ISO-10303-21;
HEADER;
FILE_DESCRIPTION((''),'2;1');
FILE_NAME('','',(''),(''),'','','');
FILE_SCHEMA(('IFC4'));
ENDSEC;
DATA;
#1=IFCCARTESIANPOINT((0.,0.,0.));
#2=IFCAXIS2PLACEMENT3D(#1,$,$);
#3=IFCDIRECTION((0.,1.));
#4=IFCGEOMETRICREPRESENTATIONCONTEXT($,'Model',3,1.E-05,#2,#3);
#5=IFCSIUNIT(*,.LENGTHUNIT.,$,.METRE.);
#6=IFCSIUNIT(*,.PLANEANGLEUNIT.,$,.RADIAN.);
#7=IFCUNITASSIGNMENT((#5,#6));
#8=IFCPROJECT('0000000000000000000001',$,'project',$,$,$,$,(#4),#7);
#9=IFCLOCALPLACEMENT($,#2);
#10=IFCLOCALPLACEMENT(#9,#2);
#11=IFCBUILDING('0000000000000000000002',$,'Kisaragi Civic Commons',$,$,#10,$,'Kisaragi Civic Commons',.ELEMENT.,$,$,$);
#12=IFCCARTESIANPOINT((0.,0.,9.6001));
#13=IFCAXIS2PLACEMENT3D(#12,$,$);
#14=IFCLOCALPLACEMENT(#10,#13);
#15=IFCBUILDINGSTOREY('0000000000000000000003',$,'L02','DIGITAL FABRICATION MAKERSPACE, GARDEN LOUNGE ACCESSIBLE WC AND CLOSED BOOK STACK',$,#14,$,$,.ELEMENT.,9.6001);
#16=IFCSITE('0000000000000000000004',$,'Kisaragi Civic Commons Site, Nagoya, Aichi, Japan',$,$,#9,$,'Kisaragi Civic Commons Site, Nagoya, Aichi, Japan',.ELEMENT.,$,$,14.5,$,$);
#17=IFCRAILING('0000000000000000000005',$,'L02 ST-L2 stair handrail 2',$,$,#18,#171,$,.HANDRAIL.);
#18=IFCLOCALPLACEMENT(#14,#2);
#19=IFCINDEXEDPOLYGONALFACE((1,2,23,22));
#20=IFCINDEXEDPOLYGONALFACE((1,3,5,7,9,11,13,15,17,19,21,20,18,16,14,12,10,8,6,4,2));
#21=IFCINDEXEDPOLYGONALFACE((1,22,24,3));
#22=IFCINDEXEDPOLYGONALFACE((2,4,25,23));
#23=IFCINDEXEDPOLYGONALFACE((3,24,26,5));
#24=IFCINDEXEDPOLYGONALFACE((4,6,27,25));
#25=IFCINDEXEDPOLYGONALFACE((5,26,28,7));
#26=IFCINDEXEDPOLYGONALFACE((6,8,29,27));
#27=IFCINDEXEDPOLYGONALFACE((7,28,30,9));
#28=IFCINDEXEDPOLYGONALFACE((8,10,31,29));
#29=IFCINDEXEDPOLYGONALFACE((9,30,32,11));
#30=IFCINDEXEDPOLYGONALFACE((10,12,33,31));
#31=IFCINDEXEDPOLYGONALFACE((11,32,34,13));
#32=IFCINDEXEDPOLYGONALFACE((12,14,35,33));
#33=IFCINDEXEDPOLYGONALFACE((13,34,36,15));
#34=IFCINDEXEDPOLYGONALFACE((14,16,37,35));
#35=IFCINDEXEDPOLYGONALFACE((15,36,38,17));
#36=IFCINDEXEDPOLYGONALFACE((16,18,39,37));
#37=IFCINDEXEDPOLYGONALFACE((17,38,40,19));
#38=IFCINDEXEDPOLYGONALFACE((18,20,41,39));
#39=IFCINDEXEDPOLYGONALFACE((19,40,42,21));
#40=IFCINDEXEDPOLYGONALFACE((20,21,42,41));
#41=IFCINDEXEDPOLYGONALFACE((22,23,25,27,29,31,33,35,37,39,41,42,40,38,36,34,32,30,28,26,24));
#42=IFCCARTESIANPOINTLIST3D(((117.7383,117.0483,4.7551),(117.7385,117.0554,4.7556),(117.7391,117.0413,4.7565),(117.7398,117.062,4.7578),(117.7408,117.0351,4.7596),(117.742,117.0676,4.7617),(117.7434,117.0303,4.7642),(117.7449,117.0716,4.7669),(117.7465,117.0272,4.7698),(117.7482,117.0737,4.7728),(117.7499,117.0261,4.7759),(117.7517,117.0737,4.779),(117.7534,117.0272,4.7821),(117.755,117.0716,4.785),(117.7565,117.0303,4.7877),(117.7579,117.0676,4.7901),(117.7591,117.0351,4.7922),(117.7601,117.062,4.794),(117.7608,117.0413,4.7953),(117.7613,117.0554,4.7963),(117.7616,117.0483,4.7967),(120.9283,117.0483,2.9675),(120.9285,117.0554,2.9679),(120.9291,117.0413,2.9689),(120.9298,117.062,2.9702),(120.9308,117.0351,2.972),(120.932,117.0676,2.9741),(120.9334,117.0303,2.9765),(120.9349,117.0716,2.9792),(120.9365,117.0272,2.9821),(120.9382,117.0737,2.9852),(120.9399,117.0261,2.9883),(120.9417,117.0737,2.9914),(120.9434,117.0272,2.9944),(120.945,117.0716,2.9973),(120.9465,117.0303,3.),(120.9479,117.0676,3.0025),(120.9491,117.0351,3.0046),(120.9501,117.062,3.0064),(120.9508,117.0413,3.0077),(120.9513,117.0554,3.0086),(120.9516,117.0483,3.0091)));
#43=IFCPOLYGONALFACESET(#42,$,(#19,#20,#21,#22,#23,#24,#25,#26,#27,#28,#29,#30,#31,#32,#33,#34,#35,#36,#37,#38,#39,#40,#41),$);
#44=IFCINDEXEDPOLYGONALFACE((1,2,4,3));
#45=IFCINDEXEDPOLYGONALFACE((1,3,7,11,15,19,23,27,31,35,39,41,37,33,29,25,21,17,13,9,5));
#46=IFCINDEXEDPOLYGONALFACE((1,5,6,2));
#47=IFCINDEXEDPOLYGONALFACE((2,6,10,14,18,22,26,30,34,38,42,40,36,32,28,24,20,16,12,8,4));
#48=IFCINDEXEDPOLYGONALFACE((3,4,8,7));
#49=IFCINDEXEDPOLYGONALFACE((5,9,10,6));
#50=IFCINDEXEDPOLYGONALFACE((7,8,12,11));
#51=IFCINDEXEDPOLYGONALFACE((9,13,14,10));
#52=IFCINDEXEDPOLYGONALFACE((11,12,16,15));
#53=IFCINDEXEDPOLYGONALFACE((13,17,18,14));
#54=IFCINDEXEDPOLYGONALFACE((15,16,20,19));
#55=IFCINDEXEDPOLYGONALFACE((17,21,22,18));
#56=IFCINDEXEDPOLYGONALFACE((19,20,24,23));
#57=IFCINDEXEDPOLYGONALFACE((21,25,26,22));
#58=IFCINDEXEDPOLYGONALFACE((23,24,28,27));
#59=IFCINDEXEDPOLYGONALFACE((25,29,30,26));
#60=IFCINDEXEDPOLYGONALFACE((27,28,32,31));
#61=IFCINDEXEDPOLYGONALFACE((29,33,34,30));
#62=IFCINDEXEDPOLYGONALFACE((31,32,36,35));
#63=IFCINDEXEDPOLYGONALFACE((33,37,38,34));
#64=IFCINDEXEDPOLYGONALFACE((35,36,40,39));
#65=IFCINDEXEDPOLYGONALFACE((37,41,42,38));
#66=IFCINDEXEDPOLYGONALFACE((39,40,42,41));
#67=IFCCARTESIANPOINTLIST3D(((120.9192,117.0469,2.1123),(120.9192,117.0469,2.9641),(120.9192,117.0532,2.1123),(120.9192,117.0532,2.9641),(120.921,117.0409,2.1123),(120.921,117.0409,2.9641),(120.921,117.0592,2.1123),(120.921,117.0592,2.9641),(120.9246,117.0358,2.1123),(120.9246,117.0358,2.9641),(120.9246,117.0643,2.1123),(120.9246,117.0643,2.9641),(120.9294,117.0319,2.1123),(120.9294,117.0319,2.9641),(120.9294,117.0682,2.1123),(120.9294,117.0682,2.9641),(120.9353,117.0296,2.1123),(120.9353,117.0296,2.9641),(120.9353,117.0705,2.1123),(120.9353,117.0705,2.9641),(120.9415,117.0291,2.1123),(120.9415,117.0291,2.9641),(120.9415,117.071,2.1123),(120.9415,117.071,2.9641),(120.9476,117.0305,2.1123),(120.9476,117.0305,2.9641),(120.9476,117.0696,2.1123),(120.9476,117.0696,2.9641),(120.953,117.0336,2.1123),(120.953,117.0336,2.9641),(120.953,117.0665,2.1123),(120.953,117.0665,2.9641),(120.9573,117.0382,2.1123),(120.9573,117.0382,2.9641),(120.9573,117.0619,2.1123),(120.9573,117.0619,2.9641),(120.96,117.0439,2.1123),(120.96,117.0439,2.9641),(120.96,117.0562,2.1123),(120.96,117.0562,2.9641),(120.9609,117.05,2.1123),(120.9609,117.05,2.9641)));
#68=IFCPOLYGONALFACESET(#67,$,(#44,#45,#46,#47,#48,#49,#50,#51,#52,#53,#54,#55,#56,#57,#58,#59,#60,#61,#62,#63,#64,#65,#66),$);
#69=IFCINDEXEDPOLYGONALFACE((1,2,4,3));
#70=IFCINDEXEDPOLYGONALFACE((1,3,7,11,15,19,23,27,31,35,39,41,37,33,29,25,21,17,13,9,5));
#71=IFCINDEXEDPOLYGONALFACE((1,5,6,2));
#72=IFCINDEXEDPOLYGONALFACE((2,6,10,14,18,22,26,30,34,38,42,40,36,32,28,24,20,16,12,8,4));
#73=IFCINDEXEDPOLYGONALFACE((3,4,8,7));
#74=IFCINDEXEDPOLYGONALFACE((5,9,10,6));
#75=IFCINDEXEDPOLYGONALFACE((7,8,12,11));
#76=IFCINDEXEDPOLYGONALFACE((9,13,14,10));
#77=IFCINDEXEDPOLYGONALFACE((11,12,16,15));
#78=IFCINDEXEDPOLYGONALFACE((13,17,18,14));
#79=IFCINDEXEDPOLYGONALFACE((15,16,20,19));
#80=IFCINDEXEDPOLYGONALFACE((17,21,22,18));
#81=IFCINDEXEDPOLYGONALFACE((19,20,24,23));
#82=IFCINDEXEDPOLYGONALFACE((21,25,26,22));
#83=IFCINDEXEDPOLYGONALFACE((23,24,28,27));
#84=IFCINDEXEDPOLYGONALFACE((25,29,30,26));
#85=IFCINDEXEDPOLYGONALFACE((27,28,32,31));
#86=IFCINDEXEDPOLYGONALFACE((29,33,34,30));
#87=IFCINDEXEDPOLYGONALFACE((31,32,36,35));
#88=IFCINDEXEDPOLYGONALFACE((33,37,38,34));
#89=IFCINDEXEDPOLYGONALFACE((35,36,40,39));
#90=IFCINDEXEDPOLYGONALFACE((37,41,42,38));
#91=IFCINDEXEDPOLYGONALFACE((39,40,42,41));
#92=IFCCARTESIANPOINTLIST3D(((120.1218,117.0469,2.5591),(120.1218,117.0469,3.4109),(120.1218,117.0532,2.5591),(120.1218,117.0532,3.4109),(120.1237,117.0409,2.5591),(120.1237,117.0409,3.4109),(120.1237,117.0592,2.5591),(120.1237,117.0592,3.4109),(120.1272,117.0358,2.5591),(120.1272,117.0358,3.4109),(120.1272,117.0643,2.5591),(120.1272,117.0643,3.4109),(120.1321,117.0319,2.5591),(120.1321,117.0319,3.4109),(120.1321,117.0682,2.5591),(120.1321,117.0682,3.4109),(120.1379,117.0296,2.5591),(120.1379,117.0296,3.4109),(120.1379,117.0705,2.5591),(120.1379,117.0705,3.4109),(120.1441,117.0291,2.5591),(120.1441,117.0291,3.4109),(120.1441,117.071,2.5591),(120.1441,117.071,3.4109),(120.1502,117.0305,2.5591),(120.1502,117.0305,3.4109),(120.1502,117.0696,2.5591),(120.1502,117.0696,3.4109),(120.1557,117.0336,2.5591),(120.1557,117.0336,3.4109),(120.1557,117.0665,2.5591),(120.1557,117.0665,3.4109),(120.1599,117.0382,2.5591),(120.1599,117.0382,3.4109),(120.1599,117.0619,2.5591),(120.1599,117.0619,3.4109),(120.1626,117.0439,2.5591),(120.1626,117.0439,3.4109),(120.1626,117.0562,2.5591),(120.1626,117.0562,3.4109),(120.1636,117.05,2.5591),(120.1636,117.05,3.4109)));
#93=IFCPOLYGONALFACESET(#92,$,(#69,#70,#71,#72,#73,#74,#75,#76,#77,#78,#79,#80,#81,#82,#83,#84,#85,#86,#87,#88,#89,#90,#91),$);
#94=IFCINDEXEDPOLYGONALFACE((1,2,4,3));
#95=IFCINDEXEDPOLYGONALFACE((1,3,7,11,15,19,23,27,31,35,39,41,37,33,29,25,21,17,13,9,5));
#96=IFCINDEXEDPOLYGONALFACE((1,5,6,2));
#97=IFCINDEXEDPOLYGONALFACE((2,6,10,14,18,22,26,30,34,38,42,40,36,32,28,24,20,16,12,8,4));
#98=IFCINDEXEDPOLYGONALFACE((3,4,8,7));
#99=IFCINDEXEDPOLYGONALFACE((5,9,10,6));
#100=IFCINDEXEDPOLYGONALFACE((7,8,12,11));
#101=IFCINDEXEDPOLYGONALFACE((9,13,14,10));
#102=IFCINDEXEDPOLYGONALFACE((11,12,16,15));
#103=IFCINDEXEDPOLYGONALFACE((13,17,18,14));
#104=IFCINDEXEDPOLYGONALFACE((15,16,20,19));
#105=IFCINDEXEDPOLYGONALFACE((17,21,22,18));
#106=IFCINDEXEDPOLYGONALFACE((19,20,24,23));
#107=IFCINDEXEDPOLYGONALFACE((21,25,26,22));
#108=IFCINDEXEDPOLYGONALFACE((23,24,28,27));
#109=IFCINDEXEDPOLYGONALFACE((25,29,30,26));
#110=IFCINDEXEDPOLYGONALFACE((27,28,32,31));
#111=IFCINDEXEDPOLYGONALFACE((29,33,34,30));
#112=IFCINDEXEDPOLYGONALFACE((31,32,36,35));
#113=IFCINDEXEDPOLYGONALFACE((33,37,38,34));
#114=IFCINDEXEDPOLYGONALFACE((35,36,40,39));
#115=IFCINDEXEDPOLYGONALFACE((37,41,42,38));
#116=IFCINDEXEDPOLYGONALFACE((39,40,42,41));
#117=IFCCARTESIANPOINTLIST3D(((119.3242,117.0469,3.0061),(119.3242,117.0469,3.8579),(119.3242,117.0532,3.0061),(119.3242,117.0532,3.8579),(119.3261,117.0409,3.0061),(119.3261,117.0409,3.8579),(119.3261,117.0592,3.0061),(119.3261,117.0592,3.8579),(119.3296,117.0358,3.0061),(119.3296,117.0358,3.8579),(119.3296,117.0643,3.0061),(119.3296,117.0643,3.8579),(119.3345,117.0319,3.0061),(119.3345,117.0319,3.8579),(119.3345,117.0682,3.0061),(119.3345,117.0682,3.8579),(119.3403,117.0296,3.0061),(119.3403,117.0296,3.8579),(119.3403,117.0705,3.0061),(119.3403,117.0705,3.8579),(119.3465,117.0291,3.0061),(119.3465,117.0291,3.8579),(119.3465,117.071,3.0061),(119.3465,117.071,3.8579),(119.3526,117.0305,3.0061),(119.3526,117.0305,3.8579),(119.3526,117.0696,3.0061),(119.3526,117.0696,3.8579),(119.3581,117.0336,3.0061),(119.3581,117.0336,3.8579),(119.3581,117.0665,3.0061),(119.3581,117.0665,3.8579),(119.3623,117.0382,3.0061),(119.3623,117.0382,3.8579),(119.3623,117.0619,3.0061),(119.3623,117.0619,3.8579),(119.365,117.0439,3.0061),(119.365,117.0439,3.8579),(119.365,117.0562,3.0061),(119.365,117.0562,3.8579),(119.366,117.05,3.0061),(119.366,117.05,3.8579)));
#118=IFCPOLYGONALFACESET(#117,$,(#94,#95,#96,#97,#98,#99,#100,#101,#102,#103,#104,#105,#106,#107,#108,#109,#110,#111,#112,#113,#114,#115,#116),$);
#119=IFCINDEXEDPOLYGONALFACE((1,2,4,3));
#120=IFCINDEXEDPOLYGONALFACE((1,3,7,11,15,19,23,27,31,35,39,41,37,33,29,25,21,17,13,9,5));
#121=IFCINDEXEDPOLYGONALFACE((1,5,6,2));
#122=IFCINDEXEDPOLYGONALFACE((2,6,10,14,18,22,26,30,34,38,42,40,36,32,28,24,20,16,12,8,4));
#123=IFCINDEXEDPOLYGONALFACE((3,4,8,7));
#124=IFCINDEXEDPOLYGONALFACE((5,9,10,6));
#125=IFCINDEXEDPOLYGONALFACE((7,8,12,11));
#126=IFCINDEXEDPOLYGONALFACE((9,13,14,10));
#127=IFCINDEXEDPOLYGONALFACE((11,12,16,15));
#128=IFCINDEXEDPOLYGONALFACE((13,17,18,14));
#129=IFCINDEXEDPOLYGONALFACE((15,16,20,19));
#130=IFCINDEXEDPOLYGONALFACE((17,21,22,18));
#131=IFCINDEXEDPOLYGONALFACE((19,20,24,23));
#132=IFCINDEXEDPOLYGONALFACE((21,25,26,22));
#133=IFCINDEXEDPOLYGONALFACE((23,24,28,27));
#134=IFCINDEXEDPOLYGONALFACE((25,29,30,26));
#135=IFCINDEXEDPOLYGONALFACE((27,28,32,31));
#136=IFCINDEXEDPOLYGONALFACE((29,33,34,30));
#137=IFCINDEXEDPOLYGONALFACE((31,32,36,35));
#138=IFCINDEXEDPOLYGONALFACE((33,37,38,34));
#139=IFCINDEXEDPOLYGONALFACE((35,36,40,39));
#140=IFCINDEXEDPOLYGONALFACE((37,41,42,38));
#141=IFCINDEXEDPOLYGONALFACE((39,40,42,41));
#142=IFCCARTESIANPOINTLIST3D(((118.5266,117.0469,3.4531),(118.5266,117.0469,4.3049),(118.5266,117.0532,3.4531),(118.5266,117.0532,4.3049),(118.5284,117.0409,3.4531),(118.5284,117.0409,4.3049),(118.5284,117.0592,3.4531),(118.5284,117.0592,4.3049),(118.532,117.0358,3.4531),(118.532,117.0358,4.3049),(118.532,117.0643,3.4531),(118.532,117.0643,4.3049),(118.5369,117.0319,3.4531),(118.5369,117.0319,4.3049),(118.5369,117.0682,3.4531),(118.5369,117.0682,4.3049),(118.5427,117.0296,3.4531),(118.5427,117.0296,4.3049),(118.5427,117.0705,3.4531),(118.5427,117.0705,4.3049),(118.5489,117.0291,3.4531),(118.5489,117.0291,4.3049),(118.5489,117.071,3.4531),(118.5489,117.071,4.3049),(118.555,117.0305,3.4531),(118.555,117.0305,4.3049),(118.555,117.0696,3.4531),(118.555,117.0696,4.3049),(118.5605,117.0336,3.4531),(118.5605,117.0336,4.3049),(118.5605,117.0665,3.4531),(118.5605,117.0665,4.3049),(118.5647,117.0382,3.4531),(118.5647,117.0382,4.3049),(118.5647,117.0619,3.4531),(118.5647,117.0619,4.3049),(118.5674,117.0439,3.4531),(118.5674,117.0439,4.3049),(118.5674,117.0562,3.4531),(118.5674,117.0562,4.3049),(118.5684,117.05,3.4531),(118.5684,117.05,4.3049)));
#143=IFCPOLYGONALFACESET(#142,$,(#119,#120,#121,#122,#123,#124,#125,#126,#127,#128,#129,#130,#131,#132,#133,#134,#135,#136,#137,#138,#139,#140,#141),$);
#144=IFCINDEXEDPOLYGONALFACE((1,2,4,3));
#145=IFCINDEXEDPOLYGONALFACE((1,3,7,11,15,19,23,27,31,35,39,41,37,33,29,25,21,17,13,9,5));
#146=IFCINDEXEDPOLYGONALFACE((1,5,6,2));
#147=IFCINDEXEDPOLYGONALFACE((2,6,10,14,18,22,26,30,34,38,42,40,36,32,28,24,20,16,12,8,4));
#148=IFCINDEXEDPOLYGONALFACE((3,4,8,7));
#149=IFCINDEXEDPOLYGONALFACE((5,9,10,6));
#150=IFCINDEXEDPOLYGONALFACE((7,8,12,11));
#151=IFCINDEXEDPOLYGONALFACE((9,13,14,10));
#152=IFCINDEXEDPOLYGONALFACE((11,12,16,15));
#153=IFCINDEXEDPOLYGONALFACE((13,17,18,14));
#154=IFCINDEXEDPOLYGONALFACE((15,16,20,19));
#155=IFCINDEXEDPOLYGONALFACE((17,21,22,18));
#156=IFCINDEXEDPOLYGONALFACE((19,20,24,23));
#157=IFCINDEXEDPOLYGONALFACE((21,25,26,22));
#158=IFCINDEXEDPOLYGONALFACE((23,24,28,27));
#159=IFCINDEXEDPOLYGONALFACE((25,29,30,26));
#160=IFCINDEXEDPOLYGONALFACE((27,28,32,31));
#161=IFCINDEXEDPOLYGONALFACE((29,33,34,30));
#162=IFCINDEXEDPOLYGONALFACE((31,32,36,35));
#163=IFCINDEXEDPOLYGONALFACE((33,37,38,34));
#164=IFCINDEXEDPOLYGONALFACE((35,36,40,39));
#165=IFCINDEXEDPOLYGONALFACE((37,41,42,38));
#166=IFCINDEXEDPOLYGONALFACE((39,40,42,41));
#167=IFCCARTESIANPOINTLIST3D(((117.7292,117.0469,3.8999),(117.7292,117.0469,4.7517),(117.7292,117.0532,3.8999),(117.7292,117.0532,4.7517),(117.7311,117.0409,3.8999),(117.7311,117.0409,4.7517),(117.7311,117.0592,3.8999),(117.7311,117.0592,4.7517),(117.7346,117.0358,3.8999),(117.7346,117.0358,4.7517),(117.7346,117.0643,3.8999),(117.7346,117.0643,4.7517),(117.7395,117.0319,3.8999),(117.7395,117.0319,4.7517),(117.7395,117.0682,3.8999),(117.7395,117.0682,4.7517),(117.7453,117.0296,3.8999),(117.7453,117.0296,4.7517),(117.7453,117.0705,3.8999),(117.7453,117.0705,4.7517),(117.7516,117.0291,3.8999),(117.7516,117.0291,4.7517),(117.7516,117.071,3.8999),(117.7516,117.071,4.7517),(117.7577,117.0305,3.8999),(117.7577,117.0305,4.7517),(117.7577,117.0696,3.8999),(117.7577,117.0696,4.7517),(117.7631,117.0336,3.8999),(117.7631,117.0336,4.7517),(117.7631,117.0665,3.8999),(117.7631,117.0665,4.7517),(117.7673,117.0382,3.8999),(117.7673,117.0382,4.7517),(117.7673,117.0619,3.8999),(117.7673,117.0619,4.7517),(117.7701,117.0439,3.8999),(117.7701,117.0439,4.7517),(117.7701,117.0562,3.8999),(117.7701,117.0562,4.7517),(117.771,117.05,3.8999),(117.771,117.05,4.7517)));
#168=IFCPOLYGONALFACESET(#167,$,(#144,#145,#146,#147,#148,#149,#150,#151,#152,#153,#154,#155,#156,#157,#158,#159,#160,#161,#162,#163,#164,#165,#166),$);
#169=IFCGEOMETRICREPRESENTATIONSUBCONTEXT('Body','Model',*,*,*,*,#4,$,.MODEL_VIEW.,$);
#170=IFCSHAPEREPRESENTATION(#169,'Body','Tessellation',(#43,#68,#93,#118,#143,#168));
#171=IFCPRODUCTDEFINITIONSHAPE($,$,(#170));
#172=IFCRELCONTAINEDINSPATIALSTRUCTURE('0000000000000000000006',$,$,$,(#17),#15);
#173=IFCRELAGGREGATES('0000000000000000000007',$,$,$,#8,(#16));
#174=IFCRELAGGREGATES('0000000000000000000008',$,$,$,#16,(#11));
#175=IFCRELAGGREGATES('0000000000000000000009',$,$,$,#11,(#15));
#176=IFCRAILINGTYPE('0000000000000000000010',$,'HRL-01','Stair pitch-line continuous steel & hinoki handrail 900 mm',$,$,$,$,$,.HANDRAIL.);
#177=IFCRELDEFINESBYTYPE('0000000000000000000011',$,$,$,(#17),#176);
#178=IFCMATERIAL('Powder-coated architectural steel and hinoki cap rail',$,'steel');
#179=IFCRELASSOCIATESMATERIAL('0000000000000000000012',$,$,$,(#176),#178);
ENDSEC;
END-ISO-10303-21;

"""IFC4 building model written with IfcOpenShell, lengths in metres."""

from ifc_helpers import new_model, si_unit, direction, frame, origin, origin_2d, place, context, subcontext, project, spatial, circle, extrude, material, type_object, element, save


model = new_model("IFC4")

# Units and contexts
model_context = context("Model", 3, precision=1e-05, world=origin(), true_north=direction((0.0, 1.0)))
body_context = subcontext(model_context, "Body", "Model", "MODEL_VIEW")
ifc_project = project(units=[si_unit("LENGTHUNIT", "METRE"), si_unit("PLANEANGLEUNIT", "RADIAN")], contexts=[model_context])

# Site, building, storey
site_placement = place(None, origin())
site = spatial("IfcSite", under=ifc_project, at=site_placement, Name="Kisaragi Civic Commons Site, Nagoya, Aichi, Japan", LongName="Kisaragi Civic Commons Site, Nagoya, Aichi, Japan", CompositionType="ELEMENT", RefElevation=14.5)
building_placement = place(site_placement, origin())
building = spatial("IfcBuilding", under=site, at=building_placement, Name="Kisaragi Civic Commons", LongName="Kisaragi Civic Commons", CompositionType="ELEMENT")
storey_placement = place(building_placement, frame((0.0, 0.0, 9.6001)))
storey = spatial("IfcBuildingStorey", under=building, at=storey_placement, Name="L02", Description="DIGITAL FABRICATION MAKERSPACE, GARDEN LOUNGE ACCESSIBLE WC AND CLOSED BOOK STACK", CompositionType="ELEMENT", Elevation=9.6001)

# Railing
ifc_material_1 = material(Name="Powder-coated architectural steel and hinoki cap rail", Category="steel")
railing_type_1 = type_object("IfcRailingType", Name="HRL-01", Description="Stair pitch-line continuous steel & hinoki handrail 900 mm", PredefinedType="HANDRAIL", material=ifc_material_1)
railing_1_placement = place(storey_placement, frame((120.9399, 117.05, 2.1123)))
element("IfcRailing", 1, at=railing_1_placement, inside=storey, type_object=railing_type_1, Name="L02 ST-L2 stair handrail 2", PredefinedType="HANDRAIL", context=body_context, shape_type="SweptSolid", body=[
    extrude(circle(Radius=0.0239, at=origin_2d()), frame((0.0, 0.0, 0.876), z_axis=(-0.872363, 0.0, 0.48886), x_axis=(0.0, -1.0, 0.0)), (0.0, 0.0, 1.0), 3.6567),
    extrude(circle(Radius=0.021, at=origin_2d()), origin(), (0.0, 0.0, 1.0), 0.8518),
    extrude(circle(Radius=0.021, at=origin_2d()), frame((-0.7974, 0.0, 0.4468)), (0.0, 0.0, 1.0), 0.8518),
    extrude(circle(Radius=0.021, at=origin_2d()), frame((-1.595, 0.0, 0.8938)), (0.0, 0.0, 1.0), 0.8518),
    extrude(circle(Radius=0.021, at=origin_2d()), frame((-2.3926, 0.0, 1.3408)), (0.0, 0.0, 1.0), 0.8518),
    extrude(circle(Radius=0.021, at=origin_2d()), frame((-3.1899, 0.0, 1.7876)), (0.0, 0.0, 1.0), 0.8518),
])

save(model, "model.ifc")
